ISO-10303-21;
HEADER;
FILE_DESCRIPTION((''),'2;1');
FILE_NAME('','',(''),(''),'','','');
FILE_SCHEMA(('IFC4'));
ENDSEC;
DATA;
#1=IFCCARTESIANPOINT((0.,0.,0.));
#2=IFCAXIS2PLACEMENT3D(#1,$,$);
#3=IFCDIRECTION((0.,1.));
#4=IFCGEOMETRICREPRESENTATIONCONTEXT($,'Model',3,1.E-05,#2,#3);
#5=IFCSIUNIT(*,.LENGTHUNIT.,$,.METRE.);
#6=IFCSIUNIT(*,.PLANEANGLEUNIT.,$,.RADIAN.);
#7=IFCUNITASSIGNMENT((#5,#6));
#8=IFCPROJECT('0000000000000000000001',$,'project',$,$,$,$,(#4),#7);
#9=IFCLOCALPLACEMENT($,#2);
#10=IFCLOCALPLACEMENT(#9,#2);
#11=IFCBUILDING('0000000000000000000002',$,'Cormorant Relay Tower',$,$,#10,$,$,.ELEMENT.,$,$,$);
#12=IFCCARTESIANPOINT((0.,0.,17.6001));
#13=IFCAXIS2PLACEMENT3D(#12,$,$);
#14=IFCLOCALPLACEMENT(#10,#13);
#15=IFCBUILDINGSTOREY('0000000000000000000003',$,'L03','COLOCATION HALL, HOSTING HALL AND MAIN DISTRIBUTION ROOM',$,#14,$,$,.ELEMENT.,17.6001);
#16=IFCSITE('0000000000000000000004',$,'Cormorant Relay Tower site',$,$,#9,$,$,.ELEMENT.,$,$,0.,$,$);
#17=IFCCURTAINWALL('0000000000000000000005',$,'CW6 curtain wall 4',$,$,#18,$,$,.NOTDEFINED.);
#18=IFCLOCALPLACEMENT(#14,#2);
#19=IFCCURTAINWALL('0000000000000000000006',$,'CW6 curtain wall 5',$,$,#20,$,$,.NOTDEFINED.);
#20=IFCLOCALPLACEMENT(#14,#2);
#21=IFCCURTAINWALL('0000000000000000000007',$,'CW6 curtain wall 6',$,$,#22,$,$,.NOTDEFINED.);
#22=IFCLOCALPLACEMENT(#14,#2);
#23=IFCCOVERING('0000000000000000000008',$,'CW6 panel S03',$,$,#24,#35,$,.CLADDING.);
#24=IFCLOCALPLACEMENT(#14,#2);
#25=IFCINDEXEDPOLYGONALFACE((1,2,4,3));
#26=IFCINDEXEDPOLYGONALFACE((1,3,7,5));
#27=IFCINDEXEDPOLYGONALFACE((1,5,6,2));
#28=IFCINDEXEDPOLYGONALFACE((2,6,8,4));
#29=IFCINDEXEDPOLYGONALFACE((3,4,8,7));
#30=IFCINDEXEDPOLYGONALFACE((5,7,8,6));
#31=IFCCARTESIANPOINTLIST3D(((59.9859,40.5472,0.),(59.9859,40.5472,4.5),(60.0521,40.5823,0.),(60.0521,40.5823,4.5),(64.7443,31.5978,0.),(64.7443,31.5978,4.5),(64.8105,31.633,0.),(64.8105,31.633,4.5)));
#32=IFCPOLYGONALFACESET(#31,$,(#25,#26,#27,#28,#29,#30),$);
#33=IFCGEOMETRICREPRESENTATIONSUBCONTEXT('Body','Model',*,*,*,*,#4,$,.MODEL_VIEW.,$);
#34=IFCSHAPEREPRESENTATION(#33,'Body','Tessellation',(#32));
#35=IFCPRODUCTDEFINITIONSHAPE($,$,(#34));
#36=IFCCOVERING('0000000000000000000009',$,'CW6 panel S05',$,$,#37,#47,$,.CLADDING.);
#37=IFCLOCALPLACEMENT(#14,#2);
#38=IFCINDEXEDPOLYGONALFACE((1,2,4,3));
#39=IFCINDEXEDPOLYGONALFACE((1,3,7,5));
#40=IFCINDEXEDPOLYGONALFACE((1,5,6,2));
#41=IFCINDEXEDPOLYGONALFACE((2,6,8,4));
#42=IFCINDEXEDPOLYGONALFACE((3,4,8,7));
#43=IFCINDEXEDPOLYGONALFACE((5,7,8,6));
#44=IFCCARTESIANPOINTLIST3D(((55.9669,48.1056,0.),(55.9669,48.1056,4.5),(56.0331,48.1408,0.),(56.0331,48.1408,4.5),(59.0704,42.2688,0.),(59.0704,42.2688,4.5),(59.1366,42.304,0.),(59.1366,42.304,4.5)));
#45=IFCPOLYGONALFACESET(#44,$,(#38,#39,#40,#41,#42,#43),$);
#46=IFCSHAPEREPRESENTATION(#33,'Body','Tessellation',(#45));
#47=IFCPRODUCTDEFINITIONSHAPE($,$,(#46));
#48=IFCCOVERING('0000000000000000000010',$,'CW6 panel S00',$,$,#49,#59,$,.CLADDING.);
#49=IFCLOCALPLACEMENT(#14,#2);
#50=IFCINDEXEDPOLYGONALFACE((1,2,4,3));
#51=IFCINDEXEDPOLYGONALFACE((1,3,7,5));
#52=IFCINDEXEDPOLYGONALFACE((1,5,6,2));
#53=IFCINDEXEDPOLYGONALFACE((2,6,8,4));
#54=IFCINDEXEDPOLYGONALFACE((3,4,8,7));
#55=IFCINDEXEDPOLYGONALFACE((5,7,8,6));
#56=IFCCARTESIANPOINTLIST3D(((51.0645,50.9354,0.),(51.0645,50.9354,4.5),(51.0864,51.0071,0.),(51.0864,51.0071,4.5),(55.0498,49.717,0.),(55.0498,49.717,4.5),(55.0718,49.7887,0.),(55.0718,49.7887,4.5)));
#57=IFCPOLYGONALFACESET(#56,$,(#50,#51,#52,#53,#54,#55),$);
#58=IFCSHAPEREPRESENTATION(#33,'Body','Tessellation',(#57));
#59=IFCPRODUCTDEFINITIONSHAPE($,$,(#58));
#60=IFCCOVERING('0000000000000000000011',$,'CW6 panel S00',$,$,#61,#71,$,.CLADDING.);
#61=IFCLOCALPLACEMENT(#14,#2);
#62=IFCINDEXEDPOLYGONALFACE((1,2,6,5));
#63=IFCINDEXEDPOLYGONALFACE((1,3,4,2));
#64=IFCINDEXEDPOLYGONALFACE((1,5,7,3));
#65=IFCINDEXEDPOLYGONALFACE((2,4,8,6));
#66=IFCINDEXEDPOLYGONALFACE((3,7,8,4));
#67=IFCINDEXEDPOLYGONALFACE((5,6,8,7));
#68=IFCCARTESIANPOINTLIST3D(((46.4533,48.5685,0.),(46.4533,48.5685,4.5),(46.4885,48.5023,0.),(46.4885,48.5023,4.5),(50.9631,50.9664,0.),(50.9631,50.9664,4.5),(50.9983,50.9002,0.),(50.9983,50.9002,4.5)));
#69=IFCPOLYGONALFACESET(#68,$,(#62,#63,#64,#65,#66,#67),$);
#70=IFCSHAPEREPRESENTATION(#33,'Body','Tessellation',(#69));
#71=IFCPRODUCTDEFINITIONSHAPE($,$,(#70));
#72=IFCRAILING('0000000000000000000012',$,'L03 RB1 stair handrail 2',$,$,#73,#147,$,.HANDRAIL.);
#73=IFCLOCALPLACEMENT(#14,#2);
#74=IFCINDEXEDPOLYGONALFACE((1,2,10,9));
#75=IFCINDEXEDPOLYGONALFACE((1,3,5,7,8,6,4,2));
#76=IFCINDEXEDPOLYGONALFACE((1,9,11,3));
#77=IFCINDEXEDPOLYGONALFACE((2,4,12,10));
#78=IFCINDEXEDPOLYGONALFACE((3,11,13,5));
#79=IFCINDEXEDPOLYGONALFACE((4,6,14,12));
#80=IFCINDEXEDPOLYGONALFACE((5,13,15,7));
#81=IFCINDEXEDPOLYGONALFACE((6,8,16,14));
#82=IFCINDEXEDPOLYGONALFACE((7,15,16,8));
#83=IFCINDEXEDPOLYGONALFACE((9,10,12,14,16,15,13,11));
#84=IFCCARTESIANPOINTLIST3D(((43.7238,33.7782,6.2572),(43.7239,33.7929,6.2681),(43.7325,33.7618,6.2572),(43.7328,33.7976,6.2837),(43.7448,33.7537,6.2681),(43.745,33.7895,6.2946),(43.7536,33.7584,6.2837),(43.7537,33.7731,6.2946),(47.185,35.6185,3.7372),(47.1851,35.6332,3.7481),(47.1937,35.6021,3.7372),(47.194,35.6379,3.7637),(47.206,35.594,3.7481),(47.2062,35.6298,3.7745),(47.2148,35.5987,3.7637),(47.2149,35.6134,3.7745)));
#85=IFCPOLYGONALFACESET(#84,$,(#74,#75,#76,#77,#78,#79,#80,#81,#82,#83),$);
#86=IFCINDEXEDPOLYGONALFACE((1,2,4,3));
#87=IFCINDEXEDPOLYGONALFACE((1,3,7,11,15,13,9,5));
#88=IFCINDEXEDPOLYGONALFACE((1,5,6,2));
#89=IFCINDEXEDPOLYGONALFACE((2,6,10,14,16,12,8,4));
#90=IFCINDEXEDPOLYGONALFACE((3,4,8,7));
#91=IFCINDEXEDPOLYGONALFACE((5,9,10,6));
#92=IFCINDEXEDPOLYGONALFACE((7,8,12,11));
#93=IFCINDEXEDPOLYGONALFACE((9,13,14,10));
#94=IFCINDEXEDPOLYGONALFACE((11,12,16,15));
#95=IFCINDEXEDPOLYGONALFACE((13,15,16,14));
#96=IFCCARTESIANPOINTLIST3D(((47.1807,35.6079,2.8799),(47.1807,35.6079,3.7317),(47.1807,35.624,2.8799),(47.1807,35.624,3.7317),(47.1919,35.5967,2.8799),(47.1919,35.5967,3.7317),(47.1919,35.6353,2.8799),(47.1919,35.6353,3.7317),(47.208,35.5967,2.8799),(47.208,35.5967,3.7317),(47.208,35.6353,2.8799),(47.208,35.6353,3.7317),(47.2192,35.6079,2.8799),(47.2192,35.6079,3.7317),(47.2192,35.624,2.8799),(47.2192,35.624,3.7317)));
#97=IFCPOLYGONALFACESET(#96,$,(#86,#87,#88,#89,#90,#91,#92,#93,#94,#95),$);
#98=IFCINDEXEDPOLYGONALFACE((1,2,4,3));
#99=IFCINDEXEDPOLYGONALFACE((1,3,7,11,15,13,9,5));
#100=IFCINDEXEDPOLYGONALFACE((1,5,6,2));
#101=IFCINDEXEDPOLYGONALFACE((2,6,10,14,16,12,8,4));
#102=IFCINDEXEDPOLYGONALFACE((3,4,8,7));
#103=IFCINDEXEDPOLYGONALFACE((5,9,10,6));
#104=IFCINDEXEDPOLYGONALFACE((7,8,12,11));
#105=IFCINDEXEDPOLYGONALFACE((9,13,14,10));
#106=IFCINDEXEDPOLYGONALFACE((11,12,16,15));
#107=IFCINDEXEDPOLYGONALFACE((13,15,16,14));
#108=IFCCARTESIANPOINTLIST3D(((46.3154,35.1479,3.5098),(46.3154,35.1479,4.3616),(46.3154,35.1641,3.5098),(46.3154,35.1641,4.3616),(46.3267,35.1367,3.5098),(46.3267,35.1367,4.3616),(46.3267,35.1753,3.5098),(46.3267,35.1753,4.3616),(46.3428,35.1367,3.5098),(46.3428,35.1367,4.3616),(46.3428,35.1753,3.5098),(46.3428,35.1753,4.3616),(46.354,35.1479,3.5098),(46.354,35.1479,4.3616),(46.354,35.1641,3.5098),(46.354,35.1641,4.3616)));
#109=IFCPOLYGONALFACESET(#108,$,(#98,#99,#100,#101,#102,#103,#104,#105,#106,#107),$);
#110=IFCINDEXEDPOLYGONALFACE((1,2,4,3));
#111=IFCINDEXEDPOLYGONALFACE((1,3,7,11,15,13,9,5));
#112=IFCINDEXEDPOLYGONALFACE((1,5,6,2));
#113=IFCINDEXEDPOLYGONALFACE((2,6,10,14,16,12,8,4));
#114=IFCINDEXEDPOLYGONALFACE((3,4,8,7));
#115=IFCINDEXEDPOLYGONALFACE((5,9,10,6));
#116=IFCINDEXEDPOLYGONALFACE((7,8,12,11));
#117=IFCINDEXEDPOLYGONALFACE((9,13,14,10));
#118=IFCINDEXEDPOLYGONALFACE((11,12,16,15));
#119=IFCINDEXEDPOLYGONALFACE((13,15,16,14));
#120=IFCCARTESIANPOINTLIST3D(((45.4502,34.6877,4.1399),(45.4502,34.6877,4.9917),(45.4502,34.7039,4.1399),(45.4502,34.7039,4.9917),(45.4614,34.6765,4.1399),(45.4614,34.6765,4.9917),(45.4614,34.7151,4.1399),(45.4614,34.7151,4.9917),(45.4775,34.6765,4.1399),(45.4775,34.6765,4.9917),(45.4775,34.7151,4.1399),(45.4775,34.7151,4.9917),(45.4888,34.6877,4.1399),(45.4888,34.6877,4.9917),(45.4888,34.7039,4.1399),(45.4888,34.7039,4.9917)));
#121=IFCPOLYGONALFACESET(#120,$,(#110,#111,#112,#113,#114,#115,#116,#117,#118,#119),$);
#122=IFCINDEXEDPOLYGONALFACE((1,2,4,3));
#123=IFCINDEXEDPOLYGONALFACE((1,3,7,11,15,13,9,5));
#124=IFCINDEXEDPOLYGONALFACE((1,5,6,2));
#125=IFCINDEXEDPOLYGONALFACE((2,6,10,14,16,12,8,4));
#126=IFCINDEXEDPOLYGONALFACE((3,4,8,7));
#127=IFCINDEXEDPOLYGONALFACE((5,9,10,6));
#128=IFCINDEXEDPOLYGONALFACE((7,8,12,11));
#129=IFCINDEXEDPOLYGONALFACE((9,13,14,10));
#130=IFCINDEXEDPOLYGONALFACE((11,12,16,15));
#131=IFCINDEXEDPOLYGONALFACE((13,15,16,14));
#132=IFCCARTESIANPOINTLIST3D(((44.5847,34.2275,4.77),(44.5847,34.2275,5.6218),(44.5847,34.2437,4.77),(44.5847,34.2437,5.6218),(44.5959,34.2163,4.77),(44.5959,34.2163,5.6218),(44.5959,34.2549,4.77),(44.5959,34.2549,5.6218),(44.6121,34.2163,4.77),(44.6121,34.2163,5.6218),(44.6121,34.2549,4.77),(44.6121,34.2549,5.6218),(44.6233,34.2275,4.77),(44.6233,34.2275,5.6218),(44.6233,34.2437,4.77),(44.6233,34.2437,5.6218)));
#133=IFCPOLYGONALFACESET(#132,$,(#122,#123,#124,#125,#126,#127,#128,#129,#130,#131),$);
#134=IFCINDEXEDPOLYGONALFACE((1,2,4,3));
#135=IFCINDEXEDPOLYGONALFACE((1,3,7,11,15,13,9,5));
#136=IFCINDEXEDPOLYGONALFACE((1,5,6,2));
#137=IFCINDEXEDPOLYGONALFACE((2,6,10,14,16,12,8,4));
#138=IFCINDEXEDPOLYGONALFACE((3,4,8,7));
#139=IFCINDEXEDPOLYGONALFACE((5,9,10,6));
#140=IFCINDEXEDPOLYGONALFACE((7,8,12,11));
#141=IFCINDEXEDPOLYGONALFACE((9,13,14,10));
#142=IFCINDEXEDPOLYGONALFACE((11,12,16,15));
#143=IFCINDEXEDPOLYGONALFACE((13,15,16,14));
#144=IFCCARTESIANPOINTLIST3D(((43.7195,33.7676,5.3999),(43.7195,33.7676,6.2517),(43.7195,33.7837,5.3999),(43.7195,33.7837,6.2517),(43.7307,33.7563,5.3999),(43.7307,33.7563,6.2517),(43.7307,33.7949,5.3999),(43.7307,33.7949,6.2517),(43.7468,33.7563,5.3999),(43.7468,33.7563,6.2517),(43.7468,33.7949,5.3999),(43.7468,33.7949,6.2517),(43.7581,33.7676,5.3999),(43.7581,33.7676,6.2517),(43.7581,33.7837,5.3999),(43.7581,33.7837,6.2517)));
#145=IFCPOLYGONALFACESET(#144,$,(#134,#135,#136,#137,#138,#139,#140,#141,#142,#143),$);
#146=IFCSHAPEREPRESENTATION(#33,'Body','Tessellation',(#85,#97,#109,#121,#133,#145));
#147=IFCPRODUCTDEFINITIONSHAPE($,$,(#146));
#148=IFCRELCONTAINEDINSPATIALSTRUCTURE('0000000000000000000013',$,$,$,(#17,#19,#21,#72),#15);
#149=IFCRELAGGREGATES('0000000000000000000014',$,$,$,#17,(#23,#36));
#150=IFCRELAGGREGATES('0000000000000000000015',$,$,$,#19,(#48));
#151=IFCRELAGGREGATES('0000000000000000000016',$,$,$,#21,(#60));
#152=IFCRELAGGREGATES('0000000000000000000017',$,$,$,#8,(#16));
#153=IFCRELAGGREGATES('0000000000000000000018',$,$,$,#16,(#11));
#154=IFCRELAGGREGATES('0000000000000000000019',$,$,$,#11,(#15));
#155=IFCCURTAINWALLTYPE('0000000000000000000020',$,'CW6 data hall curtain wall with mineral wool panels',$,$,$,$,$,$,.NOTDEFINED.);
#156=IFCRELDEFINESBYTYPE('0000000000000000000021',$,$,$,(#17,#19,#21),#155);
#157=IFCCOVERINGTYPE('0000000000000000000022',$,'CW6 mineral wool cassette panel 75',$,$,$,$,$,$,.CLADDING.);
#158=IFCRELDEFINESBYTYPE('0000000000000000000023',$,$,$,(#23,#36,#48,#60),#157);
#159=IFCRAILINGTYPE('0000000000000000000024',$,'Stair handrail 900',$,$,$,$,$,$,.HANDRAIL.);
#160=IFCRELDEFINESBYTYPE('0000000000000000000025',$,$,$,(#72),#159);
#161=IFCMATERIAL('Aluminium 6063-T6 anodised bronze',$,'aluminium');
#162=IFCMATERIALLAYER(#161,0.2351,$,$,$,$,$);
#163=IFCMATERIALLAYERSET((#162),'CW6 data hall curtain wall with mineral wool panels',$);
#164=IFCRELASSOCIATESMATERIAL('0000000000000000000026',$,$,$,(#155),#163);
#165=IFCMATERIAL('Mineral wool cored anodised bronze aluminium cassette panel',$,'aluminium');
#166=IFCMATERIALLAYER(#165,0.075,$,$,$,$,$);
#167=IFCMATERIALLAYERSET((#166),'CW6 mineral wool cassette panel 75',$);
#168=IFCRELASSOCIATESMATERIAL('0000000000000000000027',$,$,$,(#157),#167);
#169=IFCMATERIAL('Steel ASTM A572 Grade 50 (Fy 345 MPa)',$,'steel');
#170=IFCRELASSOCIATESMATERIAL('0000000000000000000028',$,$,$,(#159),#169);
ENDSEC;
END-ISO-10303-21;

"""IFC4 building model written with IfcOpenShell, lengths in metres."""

from ifc_helpers import new_model, si_unit, direction, frame, origin, origin_2d, place, context, subcontext, project, spatial, polyline, rectangle, outline, extrude, material, layer, layer_set, type_object, element, aggregate, save


model = new_model("IFC4")

# Units and contexts
model_context = context("Model", 3, precision=1e-05, world=origin(), true_north=direction((0.0, 1.0)))
body_context = subcontext(model_context, "Body", "Model", "MODEL_VIEW")
ifc_project = project(units=[si_unit("LENGTHUNIT", "METRE"), si_unit("PLANEANGLEUNIT", "RADIAN")], contexts=[model_context])

# Site, building, storey
site_placement = place(None, origin())
site = spatial("IfcSite", under=ifc_project, at=site_placement, Name="Cormorant Relay Tower site", CompositionType="ELEMENT", RefElevation=0.0)
building_placement = place(site_placement, origin())
building = spatial("IfcBuilding", under=site, at=building_placement, Name="Cormorant Relay Tower", CompositionType="ELEMENT")
storey_placement = place(building_placement, frame((0.0, 0.0, 17.6001)))
storey = spatial("IfcBuildingStorey", under=building, at=storey_placement, Name="L03", Description="COLOCATION HALL, HOSTING HALL AND MAIN DISTRIBUTION ROOM", CompositionType="ELEMENT", Elevation=17.6001)

# Curtain wall
ifc_material_1 = material(Name="Aluminium 6063-T6 anodised bronze", Category="aluminium")
ifc_layer_1 = layer(ifc_material_1, 0.2351)
ifc_layer_set_1 = layer_set([ifc_layer_1], Name="CW6 data hall curtain wall with mineral wool panels")
curtain_wall_type = type_object("IfcCurtainWallType", Name="CW6 data hall curtain wall with mineral wool panels", PredefinedType="NOTDEFINED", material=ifc_layer_set_1)
curtain_wall_1_placement = place(storey_placement, origin())
curtain_wall_1 = element("IfcCurtainWall", 1, at=curtain_wall_1_placement, inside=storey, type_object=curtain_wall_type, Name="CW6 curtain wall 4", PredefinedType="NOTDEFINED")

# Curtain wall
curtain_wall_2_placement = place(storey_placement, origin())
curtain_wall_2 = element("IfcCurtainWall", 2, at=curtain_wall_2_placement, inside=storey, type_object=curtain_wall_type, Name="CW6 curtain wall 5", PredefinedType="NOTDEFINED")

# Curtain wall
curtain_wall_3_placement = place(storey_placement, origin())
curtain_wall_3 = element("IfcCurtainWall", 3, at=curtain_wall_3_placement, inside=storey, type_object=curtain_wall_type, Name="CW6 curtain wall 6", PredefinedType="NOTDEFINED")

# Coverings
ifc_material_2 = material(Name="Mineral wool cored anodised bronze aluminium cassette panel", Category="aluminium")
ifc_layer_2 = layer(ifc_material_2, 0.075)
ifc_layer_set_2 = layer_set([ifc_layer_2], Name="CW6 mineral wool cassette panel 75")
covering_type = type_object("IfcCoveringType", Name="CW6 mineral wool cassette panel 75", PredefinedType="CLADDING", material=ifc_layer_set_2)
covering_1_placement = place(storey_placement, frame((62.3982, 36.0901, 0.0), z_axis=(0.0, 0.0, 1.0), x_axis=(-0.469472, 0.882948, 0.0)))
covering_1 = element("IfcCovering", 4, at=covering_1_placement, type_object=covering_type, Name="CW6 panel S03", PredefinedType="CLADDING", context=body_context, shape_type="SweptSolid", body=[
    extrude(rectangle(XDim=10.1357, YDim=0.075, at=origin_2d()), origin(), (0.0, 0.0, 1.0), 4.5),
])
covering_2_placement = place(storey_placement, frame((57.5518, 45.2048, 0.0), z_axis=(0.0, 0.0, 1.0), x_axis=(-0.469472, 0.882948, 0.0)))
covering_2 = element("IfcCovering", 5, at=covering_2_placement, type_object=covering_type, Name="CW6 panel S05", PredefinedType="CLADDING", context=body_context, shape_type="SweptSolid", body=[
    extrude(rectangle(XDim=6.6106, YDim=0.075, at=origin_2d()), origin(), (0.0, 0.0, 1.0), 4.5),
])
aggregate(curtain_wall_1, [covering_1, covering_2])
covering_3_placement = place(storey_placement, frame((53.0681, 50.3621, 0.0), z_axis=(0.0, 0.0, 1.0), x_axis=(-0.956305, 0.292372, 0.0)))
covering_3 = element("IfcCovering", 6, at=covering_3_placement, type_object=covering_type, Name="CW6 panel S00", PredefinedType="CLADDING", context=body_context, shape_type="SweptSolid", body=[
    extrude(rectangle(XDim=4.1675, YDim=0.075, at=origin_2d()), origin(), (0.0, 0.0, 1.0), 4.5),
])
aggregate(curtain_wall_2, [covering_3])
covering_4_placement = place(storey_placement, frame((48.7258, 49.7344, 0.0), z_axis=(0.0, 0.0, 1.0), x_axis=(-0.882948, -0.469472, 0.0)))
covering_4 = element("IfcCovering", 7, at=covering_4_placement, type_object=covering_type, Name="CW6 panel S00", PredefinedType="CLADDING", context=body_context, shape_type="SweptSolid", body=[
    extrude(rectangle(XDim=5.1077, YDim=0.075, at=origin_2d()), origin(), (0.0, 0.0, 1.0), 4.5),
])
aggregate(curtain_wall_3, [covering_4])

# Railing
ifc_material_3 = material(Name="Steel ASTM A572 Grade 50 (Fy 345 MPa)", Category="steel")
railing_type = type_object("IfcRailingType", Name="Stair handrail 900", PredefinedType="HANDRAIL", material=ifc_material_3)
railing_placement = place(storey_placement, frame((47.2, 35.616, 2.8799)))
element("IfcRailing", 8, at=railing_placement, inside=storey, type_object=railing_type, Name="L03 RB1 stair handrail 2", PredefinedType="HANDRAIL", context=body_context, shape_type="SweptSolid", body=[
    extrude(outline(polyline([(0.0222, 0.0093), (0.0093, 0.0222), (-0.0093, 0.0222), (-0.0222, 0.0093), (-0.0222, -0.0093), (-0.0093, -0.0222), (0.0093, -0.0222), (0.0222, -0.0093), (0.0222, 0.0093)])), frame((0.0, 0.0, 0.876), z_axis=(-0.742717, -0.394907, 0.540758), x_axis=(0.469469, -0.882949, 0.0)), (0.0, 0.0, 1.0), 4.6602),
    extrude(outline(polyline([(0.0193, 0.0081), (0.0081, 0.0193), (-0.0081, 0.0193), (-0.0193, 0.0081), (-0.0193, -0.0081), (-0.0081, -0.0193), (0.0081, -0.0193), (0.0193, -0.0081), (0.0193, 0.0081)])), origin(), (0.0, 0.0, 1.0), 0.8518),
    extrude(outline(polyline([(0.0193, 0.0081), (0.0081, 0.0193), (-0.0081, 0.0193), (-0.0193, 0.0081), (-0.0193, -0.0081), (-0.0081, -0.0193), (0.0081, -0.0193), (0.0193, -0.0081), (0.0193, 0.0081)])), frame((-0.8652, -0.46, 0.6299)), (0.0, 0.0, 1.0), 0.8518),
    extrude(outline(polyline([(0.0193, 0.0081), (0.0081, 0.0193), (-0.0081, 0.0193), (-0.0193, 0.0081), (-0.0193, -0.0081), (-0.0081, -0.0193), (0.0081, -0.0193), (0.0193, -0.0081), (0.0193, 0.0081)])), frame((-1.7305, -0.9202, 1.26)), (0.0, 0.0, 1.0), 0.8518),
    extrude(outline(polyline([(0.0193, 0.0081), (0.0081, 0.0193), (-0.0081, 0.0193), (-0.0193, 0.0081), (-0.0193, -0.0081), (-0.0081, -0.0193), (0.0081, -0.0193), (0.0193, -0.0081), (0.0193, 0.0081)])), frame((-2.5959, -1.3804, 1.8901)), (0.0, 0.0, 1.0), 0.8518),
    extrude(outline(polyline([(0.0193, 0.0081), (0.0081, 0.0193), (-0.0081, 0.0193), (-0.0193, 0.0081), (-0.0193, -0.0081), (-0.0081, -0.0193), (0.0081, -0.0193), (0.0193, -0.0081), (0.0193, 0.0081)])), frame((-3.4612, -1.8403, 2.52)), (0.0, 0.0, 1.0), 0.8518),
])

save(model, "model.ifc")
